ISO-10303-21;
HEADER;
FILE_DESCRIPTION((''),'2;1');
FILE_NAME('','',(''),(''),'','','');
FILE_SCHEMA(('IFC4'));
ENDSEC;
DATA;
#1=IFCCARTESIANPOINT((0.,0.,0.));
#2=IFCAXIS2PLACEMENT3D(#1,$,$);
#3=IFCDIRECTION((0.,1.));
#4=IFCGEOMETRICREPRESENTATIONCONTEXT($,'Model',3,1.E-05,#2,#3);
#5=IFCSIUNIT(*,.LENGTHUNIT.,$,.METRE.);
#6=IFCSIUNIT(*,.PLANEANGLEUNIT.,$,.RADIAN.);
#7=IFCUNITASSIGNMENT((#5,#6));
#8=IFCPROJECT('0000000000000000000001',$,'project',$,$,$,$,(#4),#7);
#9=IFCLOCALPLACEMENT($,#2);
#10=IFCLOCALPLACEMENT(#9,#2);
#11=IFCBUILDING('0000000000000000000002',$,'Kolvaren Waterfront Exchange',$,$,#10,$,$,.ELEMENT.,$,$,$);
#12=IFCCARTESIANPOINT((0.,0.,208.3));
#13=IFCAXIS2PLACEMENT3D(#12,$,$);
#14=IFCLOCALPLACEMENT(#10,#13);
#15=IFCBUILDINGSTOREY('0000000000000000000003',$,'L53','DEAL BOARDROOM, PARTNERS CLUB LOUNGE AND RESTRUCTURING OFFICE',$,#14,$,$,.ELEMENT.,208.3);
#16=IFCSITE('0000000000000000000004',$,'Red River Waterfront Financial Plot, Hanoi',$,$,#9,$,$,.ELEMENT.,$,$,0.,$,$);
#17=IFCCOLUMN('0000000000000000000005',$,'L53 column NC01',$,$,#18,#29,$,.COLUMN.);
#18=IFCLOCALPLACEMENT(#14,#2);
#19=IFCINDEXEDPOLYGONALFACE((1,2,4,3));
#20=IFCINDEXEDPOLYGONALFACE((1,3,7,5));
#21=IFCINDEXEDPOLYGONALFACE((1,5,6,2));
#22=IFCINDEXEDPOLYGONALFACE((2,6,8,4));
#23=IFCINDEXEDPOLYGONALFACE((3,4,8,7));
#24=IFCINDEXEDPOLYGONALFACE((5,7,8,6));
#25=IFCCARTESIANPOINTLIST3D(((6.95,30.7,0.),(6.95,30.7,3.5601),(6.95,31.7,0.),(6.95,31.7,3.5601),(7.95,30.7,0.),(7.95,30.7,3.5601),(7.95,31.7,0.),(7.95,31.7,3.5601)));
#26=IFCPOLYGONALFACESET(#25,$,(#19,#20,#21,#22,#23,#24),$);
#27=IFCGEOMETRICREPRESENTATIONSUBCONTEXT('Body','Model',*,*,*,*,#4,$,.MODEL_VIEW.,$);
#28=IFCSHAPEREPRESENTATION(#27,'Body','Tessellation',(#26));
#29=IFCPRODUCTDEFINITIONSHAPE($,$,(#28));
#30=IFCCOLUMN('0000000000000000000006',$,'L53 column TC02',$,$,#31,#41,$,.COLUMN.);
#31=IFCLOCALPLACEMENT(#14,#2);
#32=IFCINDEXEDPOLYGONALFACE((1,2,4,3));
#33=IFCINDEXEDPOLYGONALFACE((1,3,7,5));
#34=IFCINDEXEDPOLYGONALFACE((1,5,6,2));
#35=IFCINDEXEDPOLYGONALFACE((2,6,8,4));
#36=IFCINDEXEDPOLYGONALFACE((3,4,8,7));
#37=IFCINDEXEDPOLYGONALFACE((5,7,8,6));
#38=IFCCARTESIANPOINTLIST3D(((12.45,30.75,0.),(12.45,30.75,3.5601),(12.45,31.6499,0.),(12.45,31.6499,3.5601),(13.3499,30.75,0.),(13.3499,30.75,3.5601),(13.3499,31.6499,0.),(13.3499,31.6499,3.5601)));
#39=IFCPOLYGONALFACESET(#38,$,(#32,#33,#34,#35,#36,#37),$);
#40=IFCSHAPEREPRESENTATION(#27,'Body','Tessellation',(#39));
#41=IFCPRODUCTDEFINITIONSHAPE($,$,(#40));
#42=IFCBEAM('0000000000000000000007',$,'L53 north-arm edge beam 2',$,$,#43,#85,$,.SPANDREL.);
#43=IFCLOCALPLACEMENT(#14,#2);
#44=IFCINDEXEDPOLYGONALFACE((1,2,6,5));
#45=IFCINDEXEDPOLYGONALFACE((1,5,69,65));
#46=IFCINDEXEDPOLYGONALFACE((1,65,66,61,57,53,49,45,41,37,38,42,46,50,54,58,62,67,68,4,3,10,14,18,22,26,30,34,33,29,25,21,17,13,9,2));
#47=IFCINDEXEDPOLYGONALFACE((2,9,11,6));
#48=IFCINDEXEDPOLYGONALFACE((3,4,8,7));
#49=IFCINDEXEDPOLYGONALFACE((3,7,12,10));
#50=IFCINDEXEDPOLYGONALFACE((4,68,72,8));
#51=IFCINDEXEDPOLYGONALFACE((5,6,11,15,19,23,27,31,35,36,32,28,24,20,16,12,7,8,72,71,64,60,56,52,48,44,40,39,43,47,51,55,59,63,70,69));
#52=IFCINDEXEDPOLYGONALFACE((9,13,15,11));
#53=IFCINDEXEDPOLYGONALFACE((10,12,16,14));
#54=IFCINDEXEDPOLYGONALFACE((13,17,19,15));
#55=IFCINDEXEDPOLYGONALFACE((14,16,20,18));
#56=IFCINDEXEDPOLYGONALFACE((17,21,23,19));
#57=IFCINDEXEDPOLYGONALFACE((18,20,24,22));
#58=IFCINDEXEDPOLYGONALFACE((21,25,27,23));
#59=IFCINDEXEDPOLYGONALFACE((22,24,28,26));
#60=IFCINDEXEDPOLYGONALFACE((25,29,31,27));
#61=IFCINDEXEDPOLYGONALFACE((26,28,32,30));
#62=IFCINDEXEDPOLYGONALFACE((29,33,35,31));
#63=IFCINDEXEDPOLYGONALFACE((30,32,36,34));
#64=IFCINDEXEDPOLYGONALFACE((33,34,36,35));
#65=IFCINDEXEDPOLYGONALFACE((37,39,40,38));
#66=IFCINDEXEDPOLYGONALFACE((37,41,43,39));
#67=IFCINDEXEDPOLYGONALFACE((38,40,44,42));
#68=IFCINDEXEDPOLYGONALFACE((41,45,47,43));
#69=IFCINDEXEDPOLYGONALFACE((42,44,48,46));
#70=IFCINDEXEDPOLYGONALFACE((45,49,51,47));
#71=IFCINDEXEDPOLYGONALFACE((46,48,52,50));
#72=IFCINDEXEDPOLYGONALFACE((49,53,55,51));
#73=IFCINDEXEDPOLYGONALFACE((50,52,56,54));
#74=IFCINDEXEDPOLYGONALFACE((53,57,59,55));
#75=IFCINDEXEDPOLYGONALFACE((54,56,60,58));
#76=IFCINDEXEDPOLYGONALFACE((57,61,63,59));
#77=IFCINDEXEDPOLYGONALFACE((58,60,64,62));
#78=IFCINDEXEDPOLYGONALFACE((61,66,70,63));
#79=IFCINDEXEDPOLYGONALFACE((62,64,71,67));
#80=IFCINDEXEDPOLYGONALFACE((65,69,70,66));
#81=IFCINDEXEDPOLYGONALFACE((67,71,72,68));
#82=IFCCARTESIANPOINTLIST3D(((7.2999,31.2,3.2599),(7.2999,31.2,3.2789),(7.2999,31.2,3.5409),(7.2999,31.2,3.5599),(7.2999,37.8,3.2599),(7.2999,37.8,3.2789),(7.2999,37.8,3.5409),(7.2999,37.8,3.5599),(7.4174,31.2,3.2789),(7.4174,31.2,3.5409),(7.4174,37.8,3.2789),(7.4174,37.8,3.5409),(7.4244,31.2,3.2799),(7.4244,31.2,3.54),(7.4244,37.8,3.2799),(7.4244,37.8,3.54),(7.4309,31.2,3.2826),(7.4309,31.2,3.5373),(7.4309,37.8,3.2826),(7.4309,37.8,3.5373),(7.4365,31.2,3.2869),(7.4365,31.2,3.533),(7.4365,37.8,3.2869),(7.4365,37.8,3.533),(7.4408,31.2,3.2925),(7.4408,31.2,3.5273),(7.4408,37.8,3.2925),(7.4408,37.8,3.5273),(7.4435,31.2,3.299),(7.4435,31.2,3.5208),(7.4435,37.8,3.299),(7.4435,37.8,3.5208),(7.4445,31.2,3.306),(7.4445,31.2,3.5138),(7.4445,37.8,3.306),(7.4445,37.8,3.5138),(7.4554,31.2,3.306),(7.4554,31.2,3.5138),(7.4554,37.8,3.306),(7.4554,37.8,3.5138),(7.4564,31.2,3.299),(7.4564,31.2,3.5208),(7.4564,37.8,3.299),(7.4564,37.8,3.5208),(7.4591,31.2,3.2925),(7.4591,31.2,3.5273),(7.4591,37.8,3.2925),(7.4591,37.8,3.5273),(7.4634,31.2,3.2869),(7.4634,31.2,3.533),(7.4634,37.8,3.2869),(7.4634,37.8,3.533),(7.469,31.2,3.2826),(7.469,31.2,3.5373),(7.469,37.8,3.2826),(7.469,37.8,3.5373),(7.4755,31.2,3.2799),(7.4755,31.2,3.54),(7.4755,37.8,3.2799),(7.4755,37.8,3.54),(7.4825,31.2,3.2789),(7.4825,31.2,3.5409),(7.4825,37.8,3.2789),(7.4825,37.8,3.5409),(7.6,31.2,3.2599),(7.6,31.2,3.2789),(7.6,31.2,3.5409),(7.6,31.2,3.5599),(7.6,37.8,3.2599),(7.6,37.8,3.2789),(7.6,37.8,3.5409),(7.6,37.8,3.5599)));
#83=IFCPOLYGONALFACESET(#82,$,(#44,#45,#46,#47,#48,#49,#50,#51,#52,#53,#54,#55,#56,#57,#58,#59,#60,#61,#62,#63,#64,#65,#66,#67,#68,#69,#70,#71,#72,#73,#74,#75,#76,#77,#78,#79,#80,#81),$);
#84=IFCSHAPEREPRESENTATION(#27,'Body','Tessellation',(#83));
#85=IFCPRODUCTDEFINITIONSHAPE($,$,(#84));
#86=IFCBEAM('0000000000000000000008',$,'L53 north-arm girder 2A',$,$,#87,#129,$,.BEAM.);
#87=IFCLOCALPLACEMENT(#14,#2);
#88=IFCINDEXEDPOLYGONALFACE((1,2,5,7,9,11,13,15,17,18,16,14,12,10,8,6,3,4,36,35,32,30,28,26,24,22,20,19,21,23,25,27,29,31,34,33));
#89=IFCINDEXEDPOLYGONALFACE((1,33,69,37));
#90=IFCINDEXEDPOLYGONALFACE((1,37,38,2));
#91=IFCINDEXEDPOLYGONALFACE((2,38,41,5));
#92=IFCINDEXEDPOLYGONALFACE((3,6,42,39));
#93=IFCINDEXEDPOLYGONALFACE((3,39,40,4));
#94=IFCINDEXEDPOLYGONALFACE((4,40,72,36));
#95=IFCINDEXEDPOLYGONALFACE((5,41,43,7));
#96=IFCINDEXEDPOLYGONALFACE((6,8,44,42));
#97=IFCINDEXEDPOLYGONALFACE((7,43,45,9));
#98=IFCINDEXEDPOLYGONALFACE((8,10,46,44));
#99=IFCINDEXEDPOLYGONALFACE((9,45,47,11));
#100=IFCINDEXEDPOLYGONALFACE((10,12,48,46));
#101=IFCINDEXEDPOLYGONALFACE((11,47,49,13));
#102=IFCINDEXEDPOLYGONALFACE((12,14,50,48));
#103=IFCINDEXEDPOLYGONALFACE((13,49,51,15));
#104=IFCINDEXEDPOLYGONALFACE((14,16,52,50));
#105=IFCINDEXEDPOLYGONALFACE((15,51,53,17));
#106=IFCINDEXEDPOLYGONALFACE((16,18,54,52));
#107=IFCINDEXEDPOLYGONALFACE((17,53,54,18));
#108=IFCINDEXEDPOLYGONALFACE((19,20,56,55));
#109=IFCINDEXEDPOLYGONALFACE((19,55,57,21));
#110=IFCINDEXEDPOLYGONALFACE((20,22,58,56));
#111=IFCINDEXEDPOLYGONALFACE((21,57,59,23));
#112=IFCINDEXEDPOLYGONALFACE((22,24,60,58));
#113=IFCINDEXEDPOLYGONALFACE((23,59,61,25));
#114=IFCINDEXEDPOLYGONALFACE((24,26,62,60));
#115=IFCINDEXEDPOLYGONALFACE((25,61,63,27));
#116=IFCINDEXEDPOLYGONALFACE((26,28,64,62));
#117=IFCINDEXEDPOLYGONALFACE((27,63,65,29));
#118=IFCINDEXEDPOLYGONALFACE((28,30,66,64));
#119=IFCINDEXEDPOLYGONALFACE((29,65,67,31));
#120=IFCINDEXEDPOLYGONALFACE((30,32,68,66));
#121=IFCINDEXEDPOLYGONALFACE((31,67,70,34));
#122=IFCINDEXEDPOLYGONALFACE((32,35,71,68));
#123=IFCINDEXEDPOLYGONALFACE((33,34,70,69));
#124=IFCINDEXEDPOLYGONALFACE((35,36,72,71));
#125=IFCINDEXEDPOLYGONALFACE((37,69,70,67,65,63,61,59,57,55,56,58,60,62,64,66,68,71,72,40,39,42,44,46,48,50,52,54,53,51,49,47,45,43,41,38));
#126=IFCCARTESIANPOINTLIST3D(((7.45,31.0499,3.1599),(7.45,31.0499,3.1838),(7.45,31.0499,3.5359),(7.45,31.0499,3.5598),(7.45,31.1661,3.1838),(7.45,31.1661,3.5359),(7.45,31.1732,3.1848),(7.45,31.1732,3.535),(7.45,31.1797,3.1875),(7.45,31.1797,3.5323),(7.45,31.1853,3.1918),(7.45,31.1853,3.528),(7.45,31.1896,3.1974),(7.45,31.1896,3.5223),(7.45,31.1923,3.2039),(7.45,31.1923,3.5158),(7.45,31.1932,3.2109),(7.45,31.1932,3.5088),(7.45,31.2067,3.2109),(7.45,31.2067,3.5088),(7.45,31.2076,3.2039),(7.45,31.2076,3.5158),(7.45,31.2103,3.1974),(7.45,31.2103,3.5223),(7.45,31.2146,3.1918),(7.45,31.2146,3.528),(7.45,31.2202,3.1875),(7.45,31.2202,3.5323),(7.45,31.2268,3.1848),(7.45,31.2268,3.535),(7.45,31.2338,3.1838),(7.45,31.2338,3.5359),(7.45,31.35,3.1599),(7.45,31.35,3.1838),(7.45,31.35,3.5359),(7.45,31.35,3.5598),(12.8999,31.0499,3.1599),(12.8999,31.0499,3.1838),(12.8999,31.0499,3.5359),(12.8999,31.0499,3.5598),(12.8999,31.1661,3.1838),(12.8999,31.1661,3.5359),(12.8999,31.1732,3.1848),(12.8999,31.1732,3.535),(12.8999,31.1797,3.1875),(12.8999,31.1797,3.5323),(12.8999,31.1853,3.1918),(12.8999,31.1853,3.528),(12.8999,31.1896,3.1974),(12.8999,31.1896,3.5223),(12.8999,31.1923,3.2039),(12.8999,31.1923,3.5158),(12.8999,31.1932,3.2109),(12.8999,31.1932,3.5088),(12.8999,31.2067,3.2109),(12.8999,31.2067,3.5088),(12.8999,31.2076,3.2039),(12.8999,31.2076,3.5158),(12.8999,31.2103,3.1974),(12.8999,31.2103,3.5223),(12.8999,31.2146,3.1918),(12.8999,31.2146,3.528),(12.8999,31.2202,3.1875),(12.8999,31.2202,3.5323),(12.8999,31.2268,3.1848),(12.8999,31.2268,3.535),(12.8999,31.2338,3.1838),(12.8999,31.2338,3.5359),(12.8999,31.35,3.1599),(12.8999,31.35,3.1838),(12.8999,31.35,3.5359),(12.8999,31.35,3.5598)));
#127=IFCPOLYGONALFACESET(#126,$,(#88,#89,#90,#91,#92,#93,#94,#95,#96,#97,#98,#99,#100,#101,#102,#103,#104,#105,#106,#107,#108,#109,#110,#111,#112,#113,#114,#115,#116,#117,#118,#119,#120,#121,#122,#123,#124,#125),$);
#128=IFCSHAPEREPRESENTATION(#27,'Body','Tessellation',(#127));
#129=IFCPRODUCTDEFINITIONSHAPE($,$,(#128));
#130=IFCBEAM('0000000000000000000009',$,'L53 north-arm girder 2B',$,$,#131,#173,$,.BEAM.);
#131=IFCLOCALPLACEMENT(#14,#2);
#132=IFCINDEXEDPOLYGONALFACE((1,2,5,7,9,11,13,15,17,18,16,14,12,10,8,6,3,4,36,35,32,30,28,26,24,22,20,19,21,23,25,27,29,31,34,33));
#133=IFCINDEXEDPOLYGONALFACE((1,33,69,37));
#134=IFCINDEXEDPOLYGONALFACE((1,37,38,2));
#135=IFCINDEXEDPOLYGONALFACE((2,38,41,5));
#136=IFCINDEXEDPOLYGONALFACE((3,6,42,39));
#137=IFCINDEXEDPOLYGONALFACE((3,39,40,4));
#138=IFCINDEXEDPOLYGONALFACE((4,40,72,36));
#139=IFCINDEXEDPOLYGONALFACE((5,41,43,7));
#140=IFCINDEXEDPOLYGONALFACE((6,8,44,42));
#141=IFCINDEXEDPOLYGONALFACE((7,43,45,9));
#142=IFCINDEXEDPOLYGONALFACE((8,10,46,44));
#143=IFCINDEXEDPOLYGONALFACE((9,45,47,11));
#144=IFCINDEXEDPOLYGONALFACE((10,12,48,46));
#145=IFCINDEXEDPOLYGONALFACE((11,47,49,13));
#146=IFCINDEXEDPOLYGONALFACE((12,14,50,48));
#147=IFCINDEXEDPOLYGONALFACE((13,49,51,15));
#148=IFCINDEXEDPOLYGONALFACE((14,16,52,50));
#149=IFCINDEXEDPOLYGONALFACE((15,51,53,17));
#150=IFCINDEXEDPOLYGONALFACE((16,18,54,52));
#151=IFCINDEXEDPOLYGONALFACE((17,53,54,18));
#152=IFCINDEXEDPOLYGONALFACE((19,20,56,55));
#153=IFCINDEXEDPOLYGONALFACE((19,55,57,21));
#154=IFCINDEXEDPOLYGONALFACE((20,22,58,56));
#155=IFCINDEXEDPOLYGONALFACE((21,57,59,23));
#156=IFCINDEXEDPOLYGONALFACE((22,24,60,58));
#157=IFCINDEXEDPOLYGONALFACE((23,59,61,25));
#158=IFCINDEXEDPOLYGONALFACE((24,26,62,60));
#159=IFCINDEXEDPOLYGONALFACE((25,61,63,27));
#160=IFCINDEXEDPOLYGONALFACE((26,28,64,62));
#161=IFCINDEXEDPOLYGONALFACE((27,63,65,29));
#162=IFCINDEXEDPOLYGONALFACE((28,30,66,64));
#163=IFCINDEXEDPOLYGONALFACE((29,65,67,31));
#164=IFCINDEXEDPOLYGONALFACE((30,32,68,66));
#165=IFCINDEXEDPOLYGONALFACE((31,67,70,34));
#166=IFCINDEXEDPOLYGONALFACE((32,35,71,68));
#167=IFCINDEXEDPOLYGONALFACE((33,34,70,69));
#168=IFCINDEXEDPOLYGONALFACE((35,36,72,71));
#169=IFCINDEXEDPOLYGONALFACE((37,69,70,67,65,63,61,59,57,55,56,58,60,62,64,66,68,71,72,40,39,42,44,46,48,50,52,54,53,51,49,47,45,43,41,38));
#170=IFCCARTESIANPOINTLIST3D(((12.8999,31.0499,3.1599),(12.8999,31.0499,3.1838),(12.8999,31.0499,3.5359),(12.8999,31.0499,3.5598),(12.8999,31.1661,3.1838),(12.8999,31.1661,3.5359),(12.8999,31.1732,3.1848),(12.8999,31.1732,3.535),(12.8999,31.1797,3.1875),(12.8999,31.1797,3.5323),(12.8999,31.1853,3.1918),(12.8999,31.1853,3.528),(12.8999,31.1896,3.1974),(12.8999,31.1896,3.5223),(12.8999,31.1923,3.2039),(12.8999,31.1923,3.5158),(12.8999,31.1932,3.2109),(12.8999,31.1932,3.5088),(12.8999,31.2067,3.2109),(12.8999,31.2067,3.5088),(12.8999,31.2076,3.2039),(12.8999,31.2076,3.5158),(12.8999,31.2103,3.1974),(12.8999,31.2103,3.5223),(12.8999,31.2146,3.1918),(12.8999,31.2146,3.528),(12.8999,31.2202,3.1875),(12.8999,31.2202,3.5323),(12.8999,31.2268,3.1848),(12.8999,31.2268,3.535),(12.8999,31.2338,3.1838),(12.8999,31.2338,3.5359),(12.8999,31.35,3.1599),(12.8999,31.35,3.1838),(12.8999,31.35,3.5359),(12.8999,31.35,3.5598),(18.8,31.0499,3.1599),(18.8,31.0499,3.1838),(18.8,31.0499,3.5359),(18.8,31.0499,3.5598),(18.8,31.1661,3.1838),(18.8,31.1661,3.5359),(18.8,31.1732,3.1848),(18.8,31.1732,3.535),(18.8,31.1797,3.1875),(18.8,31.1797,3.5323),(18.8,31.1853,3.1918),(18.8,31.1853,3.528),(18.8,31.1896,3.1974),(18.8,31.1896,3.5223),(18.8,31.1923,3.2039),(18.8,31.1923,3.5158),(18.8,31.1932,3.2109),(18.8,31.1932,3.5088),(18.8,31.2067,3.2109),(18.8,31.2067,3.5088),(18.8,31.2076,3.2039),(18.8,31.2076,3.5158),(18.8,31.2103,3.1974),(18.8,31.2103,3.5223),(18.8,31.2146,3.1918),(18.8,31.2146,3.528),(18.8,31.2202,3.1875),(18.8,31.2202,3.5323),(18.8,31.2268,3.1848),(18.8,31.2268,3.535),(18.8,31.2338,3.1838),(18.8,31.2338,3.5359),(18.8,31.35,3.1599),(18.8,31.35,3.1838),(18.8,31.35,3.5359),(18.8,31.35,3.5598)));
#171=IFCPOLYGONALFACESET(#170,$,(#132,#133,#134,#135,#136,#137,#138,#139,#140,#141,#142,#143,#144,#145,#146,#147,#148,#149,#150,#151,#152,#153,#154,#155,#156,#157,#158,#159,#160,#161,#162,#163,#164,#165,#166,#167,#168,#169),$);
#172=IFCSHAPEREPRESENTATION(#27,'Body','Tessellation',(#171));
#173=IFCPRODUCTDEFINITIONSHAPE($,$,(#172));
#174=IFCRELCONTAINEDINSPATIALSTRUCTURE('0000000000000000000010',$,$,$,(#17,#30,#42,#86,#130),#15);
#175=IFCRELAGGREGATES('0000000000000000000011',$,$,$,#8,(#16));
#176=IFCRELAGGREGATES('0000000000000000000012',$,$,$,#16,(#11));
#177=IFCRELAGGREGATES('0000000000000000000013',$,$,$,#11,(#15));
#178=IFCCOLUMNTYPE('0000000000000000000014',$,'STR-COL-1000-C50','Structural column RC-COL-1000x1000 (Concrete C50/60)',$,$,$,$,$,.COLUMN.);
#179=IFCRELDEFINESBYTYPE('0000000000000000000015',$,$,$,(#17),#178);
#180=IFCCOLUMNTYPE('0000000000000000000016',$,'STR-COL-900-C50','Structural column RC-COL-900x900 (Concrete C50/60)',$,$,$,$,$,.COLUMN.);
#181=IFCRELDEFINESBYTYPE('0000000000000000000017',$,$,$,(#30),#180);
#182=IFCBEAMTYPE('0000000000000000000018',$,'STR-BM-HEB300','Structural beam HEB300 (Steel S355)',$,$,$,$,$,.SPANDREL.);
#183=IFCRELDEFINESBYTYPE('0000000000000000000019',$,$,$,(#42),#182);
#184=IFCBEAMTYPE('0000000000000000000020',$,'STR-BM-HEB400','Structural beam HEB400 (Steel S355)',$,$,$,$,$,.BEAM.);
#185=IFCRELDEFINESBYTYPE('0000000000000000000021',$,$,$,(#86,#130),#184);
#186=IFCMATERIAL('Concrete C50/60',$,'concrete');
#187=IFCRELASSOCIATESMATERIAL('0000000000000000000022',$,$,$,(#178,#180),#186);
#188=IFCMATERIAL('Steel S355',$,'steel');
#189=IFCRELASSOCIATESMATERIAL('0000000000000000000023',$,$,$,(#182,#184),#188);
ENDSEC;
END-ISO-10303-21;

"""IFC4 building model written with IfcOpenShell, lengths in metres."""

from ifc_helpers import new_model, si_unit, direction, frame, origin, origin_2d, place, context, subcontext, project, spatial, rectangle, i_section, extrude, material, material_profile, profile_set, type_object, element, save


model = new_model("IFC4")

# Units and contexts
model_context = context("Model", 3, precision=1e-05, world=origin(), true_north=direction((0.0, 1.0)))
body_context = subcontext(model_context, "Body", "Model", "MODEL_VIEW")
ifc_project = project(units=[si_unit("LENGTHUNIT", "METRE"), si_unit("PLANEANGLEUNIT", "RADIAN")], contexts=[model_context])

# Site, building, storey
site_placement = place(None, origin())
site = spatial("IfcSite", under=ifc_project, at=site_placement, Name="Red River Waterfront Financial Plot, Hanoi", CompositionType="ELEMENT", RefElevation=0.0)
building_placement = place(site_placement, origin())
building = spatial("IfcBuilding", under=site, at=building_placement, Name="Kolvaren Waterfront Exchange", CompositionType="ELEMENT")
storey_placement = place(building_placement, frame((0.0, 0.0, 208.3)))
storey = spatial("IfcBuildingStorey", under=building, at=storey_placement, Name="L53", Description="DEAL BOARDROOM, PARTNERS CLUB LOUNGE AND RESTRUCTURING OFFICE", CompositionType="ELEMENT", Elevation=208.3)

# Columns
ifc_material_1 = material(Name="Concrete C50/60", Category="concrete")
ifc_material_profile_1 = material_profile(ifc_material_1, rectangle(XDim=1.0, YDim=1.0, at=origin_2d()), Name="RC-COL-1000x1000")
ifc_profile_set_1 = profile_set([ifc_material_profile_1], Name="Concrete C50/60")
column_type_1 = type_object("IfcColumnType", Name="STR-COL-1000-C50", Description="Structural column RC-COL-1000x1000 (Concrete C50/60)", PredefinedType="COLUMN", material=ifc_profile_set_1)
column_1_placement = place(storey_placement, frame((7.45, 31.2, 0.0), z_axis=(0.0, 0.0, 1.0), x_axis=(1.0, 0.0, 0.0)))
element("IfcColumn", 1, at=column_1_placement, inside=storey, type_object=column_type_1, Name="L53 column NC01", PredefinedType="COLUMN", context=body_context, shape_type="SweptSolid", body=[
    extrude(rectangle(XDim=1.0, YDim=1.0, at=origin_2d()), origin(), (0.0, 0.0, 1.0), 3.5601),
])
ifc_material_profile_2 = material_profile(ifc_material_1, rectangle(XDim=0.8999, YDim=0.8999, at=origin_2d()), Name="RC-COL-900x900")
ifc_profile_set_2 = profile_set([ifc_material_profile_2], Name="Concrete C50/60")
column_type_2 = type_object("IfcColumnType", Name="STR-COL-900-C50", Description="Structural column RC-COL-900x900 (Concrete C50/60)", PredefinedType="COLUMN", material=ifc_profile_set_2)
column_2_placement = place(storey_placement, frame((12.8999, 31.2, 0.0), z_axis=(0.0, 0.0, 1.0), x_axis=(1.0, 0.0, 0.0)))
element("IfcColumn", 2, at=column_2_placement, inside=storey, type_object=column_type_2, Name="L53 column TC02", PredefinedType="COLUMN", context=body_context, shape_type="SweptSolid", body=[
    extrude(rectangle(XDim=0.8999, YDim=0.8999, at=origin_2d()), origin(), (0.0, 0.0, 1.0), 3.5601),
])

# Beams
ifc_material_2 = material(Name="Steel S355", Category="steel")
ifc_material_profile_3 = material_profile(ifc_material_2, i_section(OverallWidth=0.3, OverallDepth=0.3, WebThickness=0.011, FlangeThickness=0.019, FilletRadius=0.0271, at=origin_2d()), Name="HEB300")
ifc_profile_set_3 = profile_set([ifc_material_profile_3], Name="Steel S355")
beam_type_1 = type_object("IfcBeamType", Name="STR-BM-HEB300", Description="Structural beam HEB300 (Steel S355)", PredefinedType="SPANDREL", material=ifc_profile_set_3)
beam_1_placement = place(storey_placement, frame((7.45, 31.2, 3.4099), z_axis=(0.0, 1.0, 0.0), x_axis=(-1.0, 0.0, 0.0)))
element("IfcBeam", 3, at=beam_1_placement, inside=storey, type_object=beam_type_1, Name="L53 north-arm edge beam 2", PredefinedType="SPANDREL", context=body_context, shape_type="SweptSolid", body=[
    extrude(i_section(OverallWidth=0.3, OverallDepth=0.3, WebThickness=0.011, FlangeThickness=0.019, FilletRadius=0.0271, at=origin_2d()), origin(), (0.0, 0.0, 1.0), 6.6001),
])
ifc_material_profile_4 = material_profile(ifc_material_2, i_section(OverallWidth=0.3, OverallDepth=0.3999, WebThickness=0.0134, FlangeThickness=0.0239, FilletRadius=0.0271, at=origin_2d()), Name="HEB400")
ifc_profile_set_4 = profile_set([ifc_material_profile_4], Name="Steel S355")
beam_type_2 = type_object("IfcBeamType", Name="STR-BM-HEB400", Description="Structural beam HEB400 (Steel S355)", PredefinedType="BEAM", material=ifc_profile_set_4)
beam_2_placement = place(storey_placement, frame((7.45, 31.2, 3.3599), z_axis=(1.0, 0.0, 0.0), x_axis=(0.0, 1.0, 0.0)))
element("IfcBeam", 4, at=beam_2_placement, inside=storey, type_object=beam_type_2, Name="L53 north-arm girder 2A", PredefinedType="BEAM", context=body_context, shape_type="SweptSolid", body=[
    extrude(i_section(OverallWidth=0.3, OverallDepth=0.3999, WebThickness=0.0134, FlangeThickness=0.0239, FilletRadius=0.0271, at=origin_2d()), origin(), (0.0, 0.0, 1.0), 5.45),
])
beam_3_placement = place(storey_placement, frame((12.8999, 31.2, 3.3599), z_axis=(1.0, 0.0, 0.0), x_axis=(0.0, 1.0, 0.0)))
element("IfcBeam", 5, at=beam_3_placement, inside=storey, type_object=beam_type_2, Name="L53 north-arm girder 2B", PredefinedType="BEAM", context=body_context, shape_type="SweptSolid", body=[
    extrude(i_section(OverallWidth=0.3, OverallDepth=0.3999, WebThickness=0.0134, FlangeThickness=0.0239, FilletRadius=0.0271, at=origin_2d()), origin(), (0.0, 0.0, 1.0), 5.9001),
])

save(model, "model.ifc")
